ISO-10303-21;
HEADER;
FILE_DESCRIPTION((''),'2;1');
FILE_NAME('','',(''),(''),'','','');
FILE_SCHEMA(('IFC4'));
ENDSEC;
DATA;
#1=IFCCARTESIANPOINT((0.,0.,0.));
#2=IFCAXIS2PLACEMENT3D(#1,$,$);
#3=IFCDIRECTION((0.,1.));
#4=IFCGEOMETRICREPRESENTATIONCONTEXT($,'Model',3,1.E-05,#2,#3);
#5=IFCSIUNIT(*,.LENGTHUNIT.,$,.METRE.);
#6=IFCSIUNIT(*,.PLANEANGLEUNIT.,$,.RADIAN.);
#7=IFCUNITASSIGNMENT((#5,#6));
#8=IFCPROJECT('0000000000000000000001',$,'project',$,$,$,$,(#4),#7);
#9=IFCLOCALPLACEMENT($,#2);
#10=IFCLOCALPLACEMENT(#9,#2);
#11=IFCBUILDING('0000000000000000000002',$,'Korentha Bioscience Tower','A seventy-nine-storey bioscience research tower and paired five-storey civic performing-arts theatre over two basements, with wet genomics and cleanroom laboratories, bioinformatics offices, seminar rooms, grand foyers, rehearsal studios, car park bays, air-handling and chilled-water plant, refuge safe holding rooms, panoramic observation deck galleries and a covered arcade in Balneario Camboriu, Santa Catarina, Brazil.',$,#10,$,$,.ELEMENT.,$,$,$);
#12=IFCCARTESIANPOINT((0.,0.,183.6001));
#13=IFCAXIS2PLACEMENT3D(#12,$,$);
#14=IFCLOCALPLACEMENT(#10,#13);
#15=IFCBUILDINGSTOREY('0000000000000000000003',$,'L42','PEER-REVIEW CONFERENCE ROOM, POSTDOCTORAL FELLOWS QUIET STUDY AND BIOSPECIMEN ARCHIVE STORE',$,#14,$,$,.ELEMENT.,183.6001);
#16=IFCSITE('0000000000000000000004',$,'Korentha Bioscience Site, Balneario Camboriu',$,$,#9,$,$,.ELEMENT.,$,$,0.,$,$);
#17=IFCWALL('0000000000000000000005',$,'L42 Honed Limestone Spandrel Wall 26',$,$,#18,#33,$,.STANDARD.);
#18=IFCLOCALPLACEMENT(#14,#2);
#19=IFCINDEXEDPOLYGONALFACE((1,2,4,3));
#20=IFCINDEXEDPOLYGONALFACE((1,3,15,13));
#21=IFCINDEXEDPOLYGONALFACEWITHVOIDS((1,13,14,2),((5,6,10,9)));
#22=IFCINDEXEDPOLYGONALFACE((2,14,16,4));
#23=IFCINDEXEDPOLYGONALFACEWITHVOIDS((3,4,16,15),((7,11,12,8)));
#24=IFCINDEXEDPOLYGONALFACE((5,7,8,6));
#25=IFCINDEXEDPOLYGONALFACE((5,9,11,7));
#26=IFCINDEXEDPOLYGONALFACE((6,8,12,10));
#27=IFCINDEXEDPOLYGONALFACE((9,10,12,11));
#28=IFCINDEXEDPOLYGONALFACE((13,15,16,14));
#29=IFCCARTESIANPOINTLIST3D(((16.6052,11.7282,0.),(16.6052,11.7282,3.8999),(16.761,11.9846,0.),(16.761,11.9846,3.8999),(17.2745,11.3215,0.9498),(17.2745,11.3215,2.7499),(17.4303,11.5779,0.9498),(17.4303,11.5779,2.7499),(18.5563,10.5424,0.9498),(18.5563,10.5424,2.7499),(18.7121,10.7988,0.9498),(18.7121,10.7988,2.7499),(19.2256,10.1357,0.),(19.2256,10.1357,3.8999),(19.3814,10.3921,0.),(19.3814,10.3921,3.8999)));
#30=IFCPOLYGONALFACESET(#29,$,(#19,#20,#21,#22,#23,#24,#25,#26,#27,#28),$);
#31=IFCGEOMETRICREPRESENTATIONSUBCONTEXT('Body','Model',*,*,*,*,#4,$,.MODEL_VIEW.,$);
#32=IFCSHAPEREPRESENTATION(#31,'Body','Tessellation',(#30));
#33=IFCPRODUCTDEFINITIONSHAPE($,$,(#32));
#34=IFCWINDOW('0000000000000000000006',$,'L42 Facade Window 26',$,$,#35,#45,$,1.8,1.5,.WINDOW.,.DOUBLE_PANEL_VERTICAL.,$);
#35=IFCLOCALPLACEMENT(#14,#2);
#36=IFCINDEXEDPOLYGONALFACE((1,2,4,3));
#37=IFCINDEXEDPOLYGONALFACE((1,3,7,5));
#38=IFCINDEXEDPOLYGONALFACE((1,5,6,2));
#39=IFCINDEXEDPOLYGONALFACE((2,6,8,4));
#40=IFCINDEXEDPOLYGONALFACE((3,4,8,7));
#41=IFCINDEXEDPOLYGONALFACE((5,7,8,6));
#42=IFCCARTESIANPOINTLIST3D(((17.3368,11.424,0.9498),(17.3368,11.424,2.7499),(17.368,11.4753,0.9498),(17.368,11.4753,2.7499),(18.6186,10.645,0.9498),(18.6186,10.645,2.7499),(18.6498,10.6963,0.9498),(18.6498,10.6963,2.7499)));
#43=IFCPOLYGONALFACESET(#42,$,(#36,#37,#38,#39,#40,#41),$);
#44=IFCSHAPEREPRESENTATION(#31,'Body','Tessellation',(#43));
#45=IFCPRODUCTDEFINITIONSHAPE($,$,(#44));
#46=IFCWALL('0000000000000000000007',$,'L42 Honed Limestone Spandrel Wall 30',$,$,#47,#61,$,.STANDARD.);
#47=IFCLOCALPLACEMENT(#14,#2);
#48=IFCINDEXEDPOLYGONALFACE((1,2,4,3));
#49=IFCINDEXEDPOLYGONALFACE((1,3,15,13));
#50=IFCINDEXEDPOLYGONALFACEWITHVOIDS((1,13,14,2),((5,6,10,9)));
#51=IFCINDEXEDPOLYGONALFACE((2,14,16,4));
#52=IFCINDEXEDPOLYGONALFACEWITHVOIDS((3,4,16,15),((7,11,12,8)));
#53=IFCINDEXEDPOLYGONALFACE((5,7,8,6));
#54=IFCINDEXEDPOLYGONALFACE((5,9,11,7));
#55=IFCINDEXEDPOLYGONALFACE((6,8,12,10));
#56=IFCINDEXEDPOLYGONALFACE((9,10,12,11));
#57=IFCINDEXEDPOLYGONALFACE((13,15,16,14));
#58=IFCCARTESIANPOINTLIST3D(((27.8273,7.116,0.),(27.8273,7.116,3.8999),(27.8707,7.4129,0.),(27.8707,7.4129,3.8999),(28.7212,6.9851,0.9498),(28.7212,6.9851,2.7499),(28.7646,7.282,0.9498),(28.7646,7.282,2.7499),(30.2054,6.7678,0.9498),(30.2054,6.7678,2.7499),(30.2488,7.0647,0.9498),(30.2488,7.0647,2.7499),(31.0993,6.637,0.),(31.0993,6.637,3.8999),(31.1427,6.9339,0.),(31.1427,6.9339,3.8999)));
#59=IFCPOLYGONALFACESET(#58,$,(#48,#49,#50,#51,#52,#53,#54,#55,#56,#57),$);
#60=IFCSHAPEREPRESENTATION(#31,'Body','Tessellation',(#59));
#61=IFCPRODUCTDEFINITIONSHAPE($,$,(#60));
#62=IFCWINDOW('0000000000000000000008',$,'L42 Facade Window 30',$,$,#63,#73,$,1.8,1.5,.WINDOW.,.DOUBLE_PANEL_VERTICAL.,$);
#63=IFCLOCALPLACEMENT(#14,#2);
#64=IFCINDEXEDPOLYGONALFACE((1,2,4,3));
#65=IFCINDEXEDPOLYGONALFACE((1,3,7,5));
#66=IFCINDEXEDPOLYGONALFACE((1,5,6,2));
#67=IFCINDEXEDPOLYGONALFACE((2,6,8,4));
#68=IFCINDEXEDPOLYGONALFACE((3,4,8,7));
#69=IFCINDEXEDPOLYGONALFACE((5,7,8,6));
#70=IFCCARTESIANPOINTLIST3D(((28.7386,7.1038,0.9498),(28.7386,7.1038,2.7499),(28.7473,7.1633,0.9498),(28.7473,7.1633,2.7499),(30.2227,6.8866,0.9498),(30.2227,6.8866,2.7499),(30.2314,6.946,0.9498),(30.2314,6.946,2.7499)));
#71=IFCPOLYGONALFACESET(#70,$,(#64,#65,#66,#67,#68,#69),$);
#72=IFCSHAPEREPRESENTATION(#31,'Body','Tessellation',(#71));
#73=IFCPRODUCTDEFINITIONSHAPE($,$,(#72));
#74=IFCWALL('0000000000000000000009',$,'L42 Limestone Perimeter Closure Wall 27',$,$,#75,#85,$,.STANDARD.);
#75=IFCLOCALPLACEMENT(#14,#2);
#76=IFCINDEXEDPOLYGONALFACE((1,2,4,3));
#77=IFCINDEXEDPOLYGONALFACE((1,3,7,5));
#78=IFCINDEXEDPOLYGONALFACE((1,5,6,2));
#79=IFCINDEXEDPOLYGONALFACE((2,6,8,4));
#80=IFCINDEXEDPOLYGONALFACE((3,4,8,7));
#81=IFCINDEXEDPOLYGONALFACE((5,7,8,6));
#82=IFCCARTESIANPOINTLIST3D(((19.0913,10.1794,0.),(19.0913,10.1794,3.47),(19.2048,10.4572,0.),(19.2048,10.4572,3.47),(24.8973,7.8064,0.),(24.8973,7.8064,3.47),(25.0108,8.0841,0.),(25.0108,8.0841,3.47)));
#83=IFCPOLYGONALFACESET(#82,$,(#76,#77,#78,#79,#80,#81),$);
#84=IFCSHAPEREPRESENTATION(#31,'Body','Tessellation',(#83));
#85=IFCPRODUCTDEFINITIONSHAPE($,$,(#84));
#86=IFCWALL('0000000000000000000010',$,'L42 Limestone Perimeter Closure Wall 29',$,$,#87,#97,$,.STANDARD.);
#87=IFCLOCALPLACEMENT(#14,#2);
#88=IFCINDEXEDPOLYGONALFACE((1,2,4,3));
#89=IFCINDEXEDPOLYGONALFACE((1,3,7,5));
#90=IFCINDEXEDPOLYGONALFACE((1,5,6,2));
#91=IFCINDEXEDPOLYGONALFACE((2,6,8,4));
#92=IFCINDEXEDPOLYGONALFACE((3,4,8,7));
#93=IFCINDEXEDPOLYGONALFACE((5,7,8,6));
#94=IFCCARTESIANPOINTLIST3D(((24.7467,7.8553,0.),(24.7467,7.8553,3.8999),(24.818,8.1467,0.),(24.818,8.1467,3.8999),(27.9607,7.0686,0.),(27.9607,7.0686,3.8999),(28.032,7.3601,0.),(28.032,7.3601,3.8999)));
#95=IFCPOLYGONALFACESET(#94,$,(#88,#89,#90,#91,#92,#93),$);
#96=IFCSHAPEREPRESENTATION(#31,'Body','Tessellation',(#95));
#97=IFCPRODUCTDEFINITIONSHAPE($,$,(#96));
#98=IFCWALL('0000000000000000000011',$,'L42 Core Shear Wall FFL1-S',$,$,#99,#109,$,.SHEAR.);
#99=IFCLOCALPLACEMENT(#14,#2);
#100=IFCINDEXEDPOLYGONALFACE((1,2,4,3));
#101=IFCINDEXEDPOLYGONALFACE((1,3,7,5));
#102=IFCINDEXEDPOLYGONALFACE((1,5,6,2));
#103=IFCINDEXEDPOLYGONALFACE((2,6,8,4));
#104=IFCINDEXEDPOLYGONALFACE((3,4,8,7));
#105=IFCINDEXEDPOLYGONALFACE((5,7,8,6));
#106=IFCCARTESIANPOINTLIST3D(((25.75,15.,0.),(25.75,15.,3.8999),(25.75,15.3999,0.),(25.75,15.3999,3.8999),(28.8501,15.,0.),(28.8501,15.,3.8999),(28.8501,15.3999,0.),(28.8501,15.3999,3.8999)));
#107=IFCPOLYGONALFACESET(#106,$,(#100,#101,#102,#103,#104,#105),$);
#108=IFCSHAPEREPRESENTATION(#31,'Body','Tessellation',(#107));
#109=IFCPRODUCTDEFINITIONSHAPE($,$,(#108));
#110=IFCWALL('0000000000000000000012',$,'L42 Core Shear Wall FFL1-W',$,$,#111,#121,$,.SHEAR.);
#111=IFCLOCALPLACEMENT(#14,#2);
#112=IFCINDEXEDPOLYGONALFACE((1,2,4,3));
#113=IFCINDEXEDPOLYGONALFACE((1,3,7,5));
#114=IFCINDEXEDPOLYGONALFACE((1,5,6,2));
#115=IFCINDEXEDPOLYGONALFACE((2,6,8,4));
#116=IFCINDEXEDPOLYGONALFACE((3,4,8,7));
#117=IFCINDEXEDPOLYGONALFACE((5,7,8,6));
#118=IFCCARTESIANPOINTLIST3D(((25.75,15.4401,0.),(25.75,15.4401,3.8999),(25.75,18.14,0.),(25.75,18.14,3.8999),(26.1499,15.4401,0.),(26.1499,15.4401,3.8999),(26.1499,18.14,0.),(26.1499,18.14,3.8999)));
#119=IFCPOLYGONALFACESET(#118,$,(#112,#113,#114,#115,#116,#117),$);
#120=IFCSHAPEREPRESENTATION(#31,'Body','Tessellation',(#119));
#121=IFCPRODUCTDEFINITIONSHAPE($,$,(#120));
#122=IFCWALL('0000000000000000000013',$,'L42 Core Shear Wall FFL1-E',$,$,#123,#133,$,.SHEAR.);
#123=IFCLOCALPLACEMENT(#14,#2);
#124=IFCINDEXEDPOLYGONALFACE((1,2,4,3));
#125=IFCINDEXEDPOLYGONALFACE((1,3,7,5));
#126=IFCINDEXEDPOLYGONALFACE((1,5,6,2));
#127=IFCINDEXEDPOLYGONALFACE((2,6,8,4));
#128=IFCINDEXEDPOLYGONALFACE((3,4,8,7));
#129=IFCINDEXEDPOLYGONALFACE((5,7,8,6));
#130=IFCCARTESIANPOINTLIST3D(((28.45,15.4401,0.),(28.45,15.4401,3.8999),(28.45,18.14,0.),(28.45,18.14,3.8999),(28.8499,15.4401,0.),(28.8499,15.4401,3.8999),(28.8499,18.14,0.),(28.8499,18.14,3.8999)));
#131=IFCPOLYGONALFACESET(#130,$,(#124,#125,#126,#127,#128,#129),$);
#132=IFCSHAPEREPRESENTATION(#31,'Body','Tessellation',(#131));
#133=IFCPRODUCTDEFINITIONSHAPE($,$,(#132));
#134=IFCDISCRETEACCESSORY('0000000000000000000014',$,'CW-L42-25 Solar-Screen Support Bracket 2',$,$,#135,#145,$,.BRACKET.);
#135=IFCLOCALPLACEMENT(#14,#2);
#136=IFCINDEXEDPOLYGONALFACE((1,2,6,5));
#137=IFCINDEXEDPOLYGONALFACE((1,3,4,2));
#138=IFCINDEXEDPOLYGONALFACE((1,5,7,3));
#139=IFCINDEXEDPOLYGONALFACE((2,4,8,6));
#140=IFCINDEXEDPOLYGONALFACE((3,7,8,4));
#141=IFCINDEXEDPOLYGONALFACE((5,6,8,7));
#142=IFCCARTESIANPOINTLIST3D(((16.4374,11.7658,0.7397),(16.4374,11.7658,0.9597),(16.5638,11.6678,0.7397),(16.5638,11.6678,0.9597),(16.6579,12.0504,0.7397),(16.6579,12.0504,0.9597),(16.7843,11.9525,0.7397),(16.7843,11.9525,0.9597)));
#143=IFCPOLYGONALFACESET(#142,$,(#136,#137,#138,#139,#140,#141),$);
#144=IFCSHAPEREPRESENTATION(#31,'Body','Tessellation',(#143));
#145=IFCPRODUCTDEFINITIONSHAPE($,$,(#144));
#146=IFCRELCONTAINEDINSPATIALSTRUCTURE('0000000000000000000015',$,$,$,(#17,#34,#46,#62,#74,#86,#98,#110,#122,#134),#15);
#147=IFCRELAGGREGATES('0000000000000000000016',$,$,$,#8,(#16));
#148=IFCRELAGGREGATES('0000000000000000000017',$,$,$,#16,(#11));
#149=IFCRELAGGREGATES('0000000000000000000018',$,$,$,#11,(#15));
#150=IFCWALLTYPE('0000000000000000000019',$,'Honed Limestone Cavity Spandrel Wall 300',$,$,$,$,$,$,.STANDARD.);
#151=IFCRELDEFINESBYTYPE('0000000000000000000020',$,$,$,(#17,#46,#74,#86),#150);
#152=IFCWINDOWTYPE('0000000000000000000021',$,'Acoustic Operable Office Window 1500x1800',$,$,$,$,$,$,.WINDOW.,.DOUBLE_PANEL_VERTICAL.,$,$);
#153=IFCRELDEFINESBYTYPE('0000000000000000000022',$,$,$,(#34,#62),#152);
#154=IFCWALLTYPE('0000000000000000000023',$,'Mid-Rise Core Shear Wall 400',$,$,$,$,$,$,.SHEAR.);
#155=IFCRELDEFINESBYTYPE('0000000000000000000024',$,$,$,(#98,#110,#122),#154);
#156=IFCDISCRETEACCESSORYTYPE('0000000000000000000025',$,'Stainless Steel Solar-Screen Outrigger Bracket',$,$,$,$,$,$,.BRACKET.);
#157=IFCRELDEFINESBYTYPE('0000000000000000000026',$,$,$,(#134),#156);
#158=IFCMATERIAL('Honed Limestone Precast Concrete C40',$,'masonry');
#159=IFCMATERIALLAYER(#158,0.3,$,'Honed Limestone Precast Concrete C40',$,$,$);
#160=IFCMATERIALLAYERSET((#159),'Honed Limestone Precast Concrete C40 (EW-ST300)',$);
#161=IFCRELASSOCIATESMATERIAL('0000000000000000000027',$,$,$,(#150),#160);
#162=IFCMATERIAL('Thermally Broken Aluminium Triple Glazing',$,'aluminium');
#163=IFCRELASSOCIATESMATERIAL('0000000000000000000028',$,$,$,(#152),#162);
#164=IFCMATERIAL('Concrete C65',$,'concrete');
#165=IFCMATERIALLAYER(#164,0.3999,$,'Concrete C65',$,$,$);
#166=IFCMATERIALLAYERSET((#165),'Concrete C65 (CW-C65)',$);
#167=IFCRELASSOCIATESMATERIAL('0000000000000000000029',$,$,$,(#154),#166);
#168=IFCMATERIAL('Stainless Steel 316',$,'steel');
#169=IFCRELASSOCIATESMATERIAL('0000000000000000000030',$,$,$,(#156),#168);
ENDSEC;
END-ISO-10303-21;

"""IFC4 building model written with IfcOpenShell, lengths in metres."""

from ifc_helpers import new_model, si_unit, direction, frame, frame_2d, origin, origin_2d, place, context, subcontext, project, spatial, rectangle, extrude, material, layer, layer_set, type_object, element, fill, save


model = new_model("IFC4")

# Units and contexts
model_context = context("Model", 3, precision=1e-05, world=origin(), true_north=direction((0.0, 1.0)))
body_context = subcontext(model_context, "Body", "Model", "MODEL_VIEW")
ifc_project = project(units=[si_unit("LENGTHUNIT", "METRE"), si_unit("PLANEANGLEUNIT", "RADIAN")], contexts=[model_context])

# Site, building, storey
site_placement = place(None, origin())
site = spatial("IfcSite", under=ifc_project, at=site_placement, Name="Korentha Bioscience Site, Balneario Camboriu", CompositionType="ELEMENT", RefElevation=0.0)
building_placement = place(site_placement, origin())
building = spatial("IfcBuilding", under=site, at=building_placement, Name="Korentha Bioscience Tower", Description="A seventy-nine-storey bioscience research tower and paired five-storey civic performing-arts theatre over two basements, with wet genomics and cleanroom laboratories, bioinformatics offices, seminar rooms, grand foyers, rehearsal studios, car park bays, air-handling and chilled-water plant, refuge safe holding rooms, panoramic observation deck galleries and a covered arcade in Balneario Camboriu, Santa Catarina, Brazil.", CompositionType="ELEMENT")
storey_placement = place(building_placement, frame((0.0, 0.0, 183.6001)))
storey = spatial("IfcBuildingStorey", under=building, at=storey_placement, Name="L42", Description="PEER-REVIEW CONFERENCE ROOM, POSTDOCTORAL FELLOWS QUIET STUDY AND BIOSPECIMEN ARCHIVE STORE", CompositionType="ELEMENT", Elevation=183.6001)

# Shared definitions
ifc_material_1 = material(Name="Concrete C65", Category="concrete")

# Walls, openings, windows
ifc_material_2 = material(Name="Honed Limestone Precast Concrete C40", Category="masonry")
ifc_layer_1 = layer(ifc_material_2, 0.3, Name="Honed Limestone Precast Concrete C40")
ifc_layer_set_1 = layer_set([ifc_layer_1], Name="Honed Limestone Precast Concrete C40 (EW-ST300)")
wall_type_1 = type_object("IfcWallType", Name="Honed Limestone Cavity Spandrel Wall 300", PredefinedType="STANDARD", material=ifc_layer_set_1)
wall_1_placement = place(storey_placement, frame((16.6831, 11.8564, 0.0), z_axis=(0.0, 0.0, 1.0), x_axis=(0.854557, -0.519358, 0.0)))
wall_1 = element("IfcWall", 1, at=wall_1_placement, inside=storey, type_object=wall_type_1, Name="L42 Honed Limestone Spandrel Wall 26", PredefinedType="STANDARD", context=body_context, shape_type="SweptSolid", body=[
    extrude(rectangle(XDim=3.0664, YDim=0.3, at=frame_2d((1.5332, 0.0))), origin(), (0.0, 0.0, 1.0), 3.8999),
])
opening_1_placement = place(wall_1_placement, frame((0.7832, 0.0, 0.95)))
opening_1 = element("IfcOpeningElement", 2, at=opening_1_placement, cuts=wall_1, PredefinedType="OPENING", context=body_context, shape_type="SweptSolid", body=[
    extrude(rectangle(XDim=1.5, YDim=1.8, at=frame_2d((0.75, 0.8999))), frame((0.0, 0.165, 0.0), z_axis=(0.0, -1.0, 0.0), x_axis=(1.0, 0.0, 0.0)), (0.0, 0.0, 1.0), 0.3298),
])
ifc_material_3 = material(Name="Thermally Broken Aluminium Triple Glazing", Category="aluminium")
window_type = type_object("IfcWindowType", Name="Acoustic Operable Office Window 1500x1800", PartitioningType="DOUBLE_PANEL_VERTICAL", PredefinedType="WINDOW", material=ifc_material_3)
window_1_placement = place(opening_1_placement, origin())
window_1 = element("IfcWindow", 3, at=window_1_placement, inside=storey, type_object=window_type, Name="L42 Facade Window 26", OverallHeight=1.8, OverallWidth=1.5, PartitioningType="DOUBLE_PANEL_VERTICAL", PredefinedType="WINDOW", context=body_context, shape_type="SweptSolid", body=[
    extrude(rectangle(XDim=1.5, YDim=1.8, at=frame_2d((0.75, 0.8999))), frame((0.0, 0.03, 0.0), z_axis=(0.0, -1.0, 0.0), x_axis=(1.0, 0.0, 0.0)), (0.0, 0.0, 1.0), 0.0601),
])
fill(opening_1, window_1)
wall_2_placement = place(storey_placement, frame((27.8491, 7.2644, 0.0), z_axis=(0.0, 0.0, 1.0), x_axis=(0.989453, -0.144852, 0.0)))
wall_2 = element("IfcWall", 4, at=wall_2_placement, inside=storey, type_object=wall_type_1, Name="L42 Honed Limestone Spandrel Wall 30", PredefinedType="STANDARD", context=body_context, shape_type="SweptSolid", body=[
    extrude(rectangle(XDim=3.3069, YDim=0.3, at=frame_2d((1.6533, 0.0))), origin(), (0.0, 0.0, 1.0), 3.8999),
])
opening_2_placement = place(wall_2_placement, frame((0.9033, 0.0, 0.95)))
opening_2 = element("IfcOpeningElement", 5, at=opening_2_placement, cuts=wall_2, PredefinedType="OPENING", context=body_context, shape_type="SweptSolid", body=[
    extrude(rectangle(XDim=1.5, YDim=1.8, at=frame_2d((0.75, 0.8999))), frame((0.0, 0.165, 0.0), z_axis=(0.0, -1.0, 0.0), x_axis=(1.0, 0.0, 0.0)), (0.0, 0.0, 1.0), 0.3298),
])
window_2_placement = place(opening_2_placement, origin())
window_2 = element("IfcWindow", 6, at=window_2_placement, inside=storey, type_object=window_type, Name="L42 Facade Window 30", OverallHeight=1.8, OverallWidth=1.5, PartitioningType="DOUBLE_PANEL_VERTICAL", PredefinedType="WINDOW", context=body_context, shape_type="SweptSolid", body=[
    extrude(rectangle(XDim=1.5, YDim=1.8, at=frame_2d((0.75, 0.8999))), frame((0.0, 0.03, 0.0), z_axis=(0.0, -1.0, 0.0), x_axis=(1.0, 0.0, 0.0)), (0.0, 0.0, 1.0), 0.0601),
])
fill(opening_2, window_2)

# Walls
wall_3_placement = place(storey_placement, frame((19.1479, 10.3184, 0.0), z_axis=(0.0, 0.0, 1.0), x_axis=(0.925664, -0.378346, 0.0)))
element("IfcWall", 7, at=wall_3_placement, inside=storey, type_object=wall_type_1, Name="L42 Limestone Perimeter Closure Wall 27", PredefinedType="STANDARD", context=body_context, shape_type="SweptSolid", body=[
    extrude(rectangle(XDim=6.2722, YDim=0.3, at=frame_2d((3.1362, 0.0))), origin(), (0.0, 0.0, 1.0), 3.47),
])
wall_4_placement = place(storey_placement, frame((24.7825, 8.001, 0.0), z_axis=(0.0, 0.0, 1.0), x_axis=(0.971329, -0.237741, 0.0)))
element("IfcWall", 8, at=wall_4_placement, inside=storey, type_object=wall_type_1, Name="L42 Limestone Perimeter Closure Wall 29", PredefinedType="STANDARD", context=body_context, shape_type="SweptSolid", body=[
    extrude(rectangle(XDim=3.3088, YDim=0.3, at=frame_2d((1.6543, 0.0))), origin(), (0.0, 0.0, 1.0), 3.8999),
])
ifc_layer_2 = layer(ifc_material_1, 0.3999, Name="Concrete C65")
ifc_layer_set_2 = layer_set([ifc_layer_2], Name="Concrete C65 (CW-C65)")
wall_type_2 = type_object("IfcWallType", Name="Mid-Rise Core Shear Wall 400", PredefinedType="SHEAR", material=ifc_layer_set_2)
wall_5_placement = place(storey_placement, frame((25.75, 15.2, 0.0), z_axis=(0.0, 0.0, 1.0), x_axis=(1.0, 0.0, 0.0)))
element("IfcWall", 9, at=wall_5_placement, inside=storey, type_object=wall_type_2, Name="L42 Core Shear Wall FFL1-S", PredefinedType="SHEAR", context=body_context, shape_type="SweptSolid", body=[
    extrude(rectangle(XDim=3.1001, YDim=0.3999, at=frame_2d((1.55, 0.0))), origin(), (0.0, 0.0, 1.0), 3.8999),
])
for number, where, z_axis, x_axis, name in (
    (10, (25.95, 15.4399, 0.0), (0.0, 0.0, 1.0), (0.0, 1.0, 0.0), "L42 Core Shear Wall FFL1-W"),
    (11, (28.6499, 15.4399, 0.0), (0.0, 0.0, 1.0), (0.0, 1.0, 0.0), "L42 Core Shear Wall FFL1-E"),
):
    element("IfcWall", number, at=place(storey_placement, frame(where, z_axis=z_axis, x_axis=x_axis)), inside=storey, type_object=wall_type_2, Name=name, PredefinedType="SHEAR", context=body_context, shape_type="SweptSolid", body=[
        extrude(rectangle(XDim=2.7, YDim=0.3999, at=frame_2d((1.3501, 0.0))), origin(), (0.0, 0.0, 1.0), 3.8999),
    ])

# Discrete accessory
ifc_material_4 = material(Name="Stainless Steel 316", Category="steel")
discrete_accessory_type = type_object("IfcDiscreteAccessoryType", Name="Stainless Steel Solar-Screen Outrigger Bracket", PredefinedType="BRACKET", material=ifc_material_4)
discrete_accessory_placement = place(storey_placement, frame((16.6108, 11.8591, 0.7397), z_axis=(0.0, 0.0, 1.0), x_axis=(0.790547, -0.612402, 0.0)))
element("IfcDiscreteAccessory", 12, at=discrete_accessory_placement, inside=storey, type_object=discrete_accessory_type, Name="CW-L42-25 Solar-Screen Support Bracket 2", PredefinedType="BRACKET", context=body_context, shape_type="SweptSolid", body=[
    extrude(rectangle(XDim=0.1599, YDim=0.3601, at=origin_2d()), origin(), (0.0, 0.0, 1.0), 0.22),
])

save(model, "model.ifc")
